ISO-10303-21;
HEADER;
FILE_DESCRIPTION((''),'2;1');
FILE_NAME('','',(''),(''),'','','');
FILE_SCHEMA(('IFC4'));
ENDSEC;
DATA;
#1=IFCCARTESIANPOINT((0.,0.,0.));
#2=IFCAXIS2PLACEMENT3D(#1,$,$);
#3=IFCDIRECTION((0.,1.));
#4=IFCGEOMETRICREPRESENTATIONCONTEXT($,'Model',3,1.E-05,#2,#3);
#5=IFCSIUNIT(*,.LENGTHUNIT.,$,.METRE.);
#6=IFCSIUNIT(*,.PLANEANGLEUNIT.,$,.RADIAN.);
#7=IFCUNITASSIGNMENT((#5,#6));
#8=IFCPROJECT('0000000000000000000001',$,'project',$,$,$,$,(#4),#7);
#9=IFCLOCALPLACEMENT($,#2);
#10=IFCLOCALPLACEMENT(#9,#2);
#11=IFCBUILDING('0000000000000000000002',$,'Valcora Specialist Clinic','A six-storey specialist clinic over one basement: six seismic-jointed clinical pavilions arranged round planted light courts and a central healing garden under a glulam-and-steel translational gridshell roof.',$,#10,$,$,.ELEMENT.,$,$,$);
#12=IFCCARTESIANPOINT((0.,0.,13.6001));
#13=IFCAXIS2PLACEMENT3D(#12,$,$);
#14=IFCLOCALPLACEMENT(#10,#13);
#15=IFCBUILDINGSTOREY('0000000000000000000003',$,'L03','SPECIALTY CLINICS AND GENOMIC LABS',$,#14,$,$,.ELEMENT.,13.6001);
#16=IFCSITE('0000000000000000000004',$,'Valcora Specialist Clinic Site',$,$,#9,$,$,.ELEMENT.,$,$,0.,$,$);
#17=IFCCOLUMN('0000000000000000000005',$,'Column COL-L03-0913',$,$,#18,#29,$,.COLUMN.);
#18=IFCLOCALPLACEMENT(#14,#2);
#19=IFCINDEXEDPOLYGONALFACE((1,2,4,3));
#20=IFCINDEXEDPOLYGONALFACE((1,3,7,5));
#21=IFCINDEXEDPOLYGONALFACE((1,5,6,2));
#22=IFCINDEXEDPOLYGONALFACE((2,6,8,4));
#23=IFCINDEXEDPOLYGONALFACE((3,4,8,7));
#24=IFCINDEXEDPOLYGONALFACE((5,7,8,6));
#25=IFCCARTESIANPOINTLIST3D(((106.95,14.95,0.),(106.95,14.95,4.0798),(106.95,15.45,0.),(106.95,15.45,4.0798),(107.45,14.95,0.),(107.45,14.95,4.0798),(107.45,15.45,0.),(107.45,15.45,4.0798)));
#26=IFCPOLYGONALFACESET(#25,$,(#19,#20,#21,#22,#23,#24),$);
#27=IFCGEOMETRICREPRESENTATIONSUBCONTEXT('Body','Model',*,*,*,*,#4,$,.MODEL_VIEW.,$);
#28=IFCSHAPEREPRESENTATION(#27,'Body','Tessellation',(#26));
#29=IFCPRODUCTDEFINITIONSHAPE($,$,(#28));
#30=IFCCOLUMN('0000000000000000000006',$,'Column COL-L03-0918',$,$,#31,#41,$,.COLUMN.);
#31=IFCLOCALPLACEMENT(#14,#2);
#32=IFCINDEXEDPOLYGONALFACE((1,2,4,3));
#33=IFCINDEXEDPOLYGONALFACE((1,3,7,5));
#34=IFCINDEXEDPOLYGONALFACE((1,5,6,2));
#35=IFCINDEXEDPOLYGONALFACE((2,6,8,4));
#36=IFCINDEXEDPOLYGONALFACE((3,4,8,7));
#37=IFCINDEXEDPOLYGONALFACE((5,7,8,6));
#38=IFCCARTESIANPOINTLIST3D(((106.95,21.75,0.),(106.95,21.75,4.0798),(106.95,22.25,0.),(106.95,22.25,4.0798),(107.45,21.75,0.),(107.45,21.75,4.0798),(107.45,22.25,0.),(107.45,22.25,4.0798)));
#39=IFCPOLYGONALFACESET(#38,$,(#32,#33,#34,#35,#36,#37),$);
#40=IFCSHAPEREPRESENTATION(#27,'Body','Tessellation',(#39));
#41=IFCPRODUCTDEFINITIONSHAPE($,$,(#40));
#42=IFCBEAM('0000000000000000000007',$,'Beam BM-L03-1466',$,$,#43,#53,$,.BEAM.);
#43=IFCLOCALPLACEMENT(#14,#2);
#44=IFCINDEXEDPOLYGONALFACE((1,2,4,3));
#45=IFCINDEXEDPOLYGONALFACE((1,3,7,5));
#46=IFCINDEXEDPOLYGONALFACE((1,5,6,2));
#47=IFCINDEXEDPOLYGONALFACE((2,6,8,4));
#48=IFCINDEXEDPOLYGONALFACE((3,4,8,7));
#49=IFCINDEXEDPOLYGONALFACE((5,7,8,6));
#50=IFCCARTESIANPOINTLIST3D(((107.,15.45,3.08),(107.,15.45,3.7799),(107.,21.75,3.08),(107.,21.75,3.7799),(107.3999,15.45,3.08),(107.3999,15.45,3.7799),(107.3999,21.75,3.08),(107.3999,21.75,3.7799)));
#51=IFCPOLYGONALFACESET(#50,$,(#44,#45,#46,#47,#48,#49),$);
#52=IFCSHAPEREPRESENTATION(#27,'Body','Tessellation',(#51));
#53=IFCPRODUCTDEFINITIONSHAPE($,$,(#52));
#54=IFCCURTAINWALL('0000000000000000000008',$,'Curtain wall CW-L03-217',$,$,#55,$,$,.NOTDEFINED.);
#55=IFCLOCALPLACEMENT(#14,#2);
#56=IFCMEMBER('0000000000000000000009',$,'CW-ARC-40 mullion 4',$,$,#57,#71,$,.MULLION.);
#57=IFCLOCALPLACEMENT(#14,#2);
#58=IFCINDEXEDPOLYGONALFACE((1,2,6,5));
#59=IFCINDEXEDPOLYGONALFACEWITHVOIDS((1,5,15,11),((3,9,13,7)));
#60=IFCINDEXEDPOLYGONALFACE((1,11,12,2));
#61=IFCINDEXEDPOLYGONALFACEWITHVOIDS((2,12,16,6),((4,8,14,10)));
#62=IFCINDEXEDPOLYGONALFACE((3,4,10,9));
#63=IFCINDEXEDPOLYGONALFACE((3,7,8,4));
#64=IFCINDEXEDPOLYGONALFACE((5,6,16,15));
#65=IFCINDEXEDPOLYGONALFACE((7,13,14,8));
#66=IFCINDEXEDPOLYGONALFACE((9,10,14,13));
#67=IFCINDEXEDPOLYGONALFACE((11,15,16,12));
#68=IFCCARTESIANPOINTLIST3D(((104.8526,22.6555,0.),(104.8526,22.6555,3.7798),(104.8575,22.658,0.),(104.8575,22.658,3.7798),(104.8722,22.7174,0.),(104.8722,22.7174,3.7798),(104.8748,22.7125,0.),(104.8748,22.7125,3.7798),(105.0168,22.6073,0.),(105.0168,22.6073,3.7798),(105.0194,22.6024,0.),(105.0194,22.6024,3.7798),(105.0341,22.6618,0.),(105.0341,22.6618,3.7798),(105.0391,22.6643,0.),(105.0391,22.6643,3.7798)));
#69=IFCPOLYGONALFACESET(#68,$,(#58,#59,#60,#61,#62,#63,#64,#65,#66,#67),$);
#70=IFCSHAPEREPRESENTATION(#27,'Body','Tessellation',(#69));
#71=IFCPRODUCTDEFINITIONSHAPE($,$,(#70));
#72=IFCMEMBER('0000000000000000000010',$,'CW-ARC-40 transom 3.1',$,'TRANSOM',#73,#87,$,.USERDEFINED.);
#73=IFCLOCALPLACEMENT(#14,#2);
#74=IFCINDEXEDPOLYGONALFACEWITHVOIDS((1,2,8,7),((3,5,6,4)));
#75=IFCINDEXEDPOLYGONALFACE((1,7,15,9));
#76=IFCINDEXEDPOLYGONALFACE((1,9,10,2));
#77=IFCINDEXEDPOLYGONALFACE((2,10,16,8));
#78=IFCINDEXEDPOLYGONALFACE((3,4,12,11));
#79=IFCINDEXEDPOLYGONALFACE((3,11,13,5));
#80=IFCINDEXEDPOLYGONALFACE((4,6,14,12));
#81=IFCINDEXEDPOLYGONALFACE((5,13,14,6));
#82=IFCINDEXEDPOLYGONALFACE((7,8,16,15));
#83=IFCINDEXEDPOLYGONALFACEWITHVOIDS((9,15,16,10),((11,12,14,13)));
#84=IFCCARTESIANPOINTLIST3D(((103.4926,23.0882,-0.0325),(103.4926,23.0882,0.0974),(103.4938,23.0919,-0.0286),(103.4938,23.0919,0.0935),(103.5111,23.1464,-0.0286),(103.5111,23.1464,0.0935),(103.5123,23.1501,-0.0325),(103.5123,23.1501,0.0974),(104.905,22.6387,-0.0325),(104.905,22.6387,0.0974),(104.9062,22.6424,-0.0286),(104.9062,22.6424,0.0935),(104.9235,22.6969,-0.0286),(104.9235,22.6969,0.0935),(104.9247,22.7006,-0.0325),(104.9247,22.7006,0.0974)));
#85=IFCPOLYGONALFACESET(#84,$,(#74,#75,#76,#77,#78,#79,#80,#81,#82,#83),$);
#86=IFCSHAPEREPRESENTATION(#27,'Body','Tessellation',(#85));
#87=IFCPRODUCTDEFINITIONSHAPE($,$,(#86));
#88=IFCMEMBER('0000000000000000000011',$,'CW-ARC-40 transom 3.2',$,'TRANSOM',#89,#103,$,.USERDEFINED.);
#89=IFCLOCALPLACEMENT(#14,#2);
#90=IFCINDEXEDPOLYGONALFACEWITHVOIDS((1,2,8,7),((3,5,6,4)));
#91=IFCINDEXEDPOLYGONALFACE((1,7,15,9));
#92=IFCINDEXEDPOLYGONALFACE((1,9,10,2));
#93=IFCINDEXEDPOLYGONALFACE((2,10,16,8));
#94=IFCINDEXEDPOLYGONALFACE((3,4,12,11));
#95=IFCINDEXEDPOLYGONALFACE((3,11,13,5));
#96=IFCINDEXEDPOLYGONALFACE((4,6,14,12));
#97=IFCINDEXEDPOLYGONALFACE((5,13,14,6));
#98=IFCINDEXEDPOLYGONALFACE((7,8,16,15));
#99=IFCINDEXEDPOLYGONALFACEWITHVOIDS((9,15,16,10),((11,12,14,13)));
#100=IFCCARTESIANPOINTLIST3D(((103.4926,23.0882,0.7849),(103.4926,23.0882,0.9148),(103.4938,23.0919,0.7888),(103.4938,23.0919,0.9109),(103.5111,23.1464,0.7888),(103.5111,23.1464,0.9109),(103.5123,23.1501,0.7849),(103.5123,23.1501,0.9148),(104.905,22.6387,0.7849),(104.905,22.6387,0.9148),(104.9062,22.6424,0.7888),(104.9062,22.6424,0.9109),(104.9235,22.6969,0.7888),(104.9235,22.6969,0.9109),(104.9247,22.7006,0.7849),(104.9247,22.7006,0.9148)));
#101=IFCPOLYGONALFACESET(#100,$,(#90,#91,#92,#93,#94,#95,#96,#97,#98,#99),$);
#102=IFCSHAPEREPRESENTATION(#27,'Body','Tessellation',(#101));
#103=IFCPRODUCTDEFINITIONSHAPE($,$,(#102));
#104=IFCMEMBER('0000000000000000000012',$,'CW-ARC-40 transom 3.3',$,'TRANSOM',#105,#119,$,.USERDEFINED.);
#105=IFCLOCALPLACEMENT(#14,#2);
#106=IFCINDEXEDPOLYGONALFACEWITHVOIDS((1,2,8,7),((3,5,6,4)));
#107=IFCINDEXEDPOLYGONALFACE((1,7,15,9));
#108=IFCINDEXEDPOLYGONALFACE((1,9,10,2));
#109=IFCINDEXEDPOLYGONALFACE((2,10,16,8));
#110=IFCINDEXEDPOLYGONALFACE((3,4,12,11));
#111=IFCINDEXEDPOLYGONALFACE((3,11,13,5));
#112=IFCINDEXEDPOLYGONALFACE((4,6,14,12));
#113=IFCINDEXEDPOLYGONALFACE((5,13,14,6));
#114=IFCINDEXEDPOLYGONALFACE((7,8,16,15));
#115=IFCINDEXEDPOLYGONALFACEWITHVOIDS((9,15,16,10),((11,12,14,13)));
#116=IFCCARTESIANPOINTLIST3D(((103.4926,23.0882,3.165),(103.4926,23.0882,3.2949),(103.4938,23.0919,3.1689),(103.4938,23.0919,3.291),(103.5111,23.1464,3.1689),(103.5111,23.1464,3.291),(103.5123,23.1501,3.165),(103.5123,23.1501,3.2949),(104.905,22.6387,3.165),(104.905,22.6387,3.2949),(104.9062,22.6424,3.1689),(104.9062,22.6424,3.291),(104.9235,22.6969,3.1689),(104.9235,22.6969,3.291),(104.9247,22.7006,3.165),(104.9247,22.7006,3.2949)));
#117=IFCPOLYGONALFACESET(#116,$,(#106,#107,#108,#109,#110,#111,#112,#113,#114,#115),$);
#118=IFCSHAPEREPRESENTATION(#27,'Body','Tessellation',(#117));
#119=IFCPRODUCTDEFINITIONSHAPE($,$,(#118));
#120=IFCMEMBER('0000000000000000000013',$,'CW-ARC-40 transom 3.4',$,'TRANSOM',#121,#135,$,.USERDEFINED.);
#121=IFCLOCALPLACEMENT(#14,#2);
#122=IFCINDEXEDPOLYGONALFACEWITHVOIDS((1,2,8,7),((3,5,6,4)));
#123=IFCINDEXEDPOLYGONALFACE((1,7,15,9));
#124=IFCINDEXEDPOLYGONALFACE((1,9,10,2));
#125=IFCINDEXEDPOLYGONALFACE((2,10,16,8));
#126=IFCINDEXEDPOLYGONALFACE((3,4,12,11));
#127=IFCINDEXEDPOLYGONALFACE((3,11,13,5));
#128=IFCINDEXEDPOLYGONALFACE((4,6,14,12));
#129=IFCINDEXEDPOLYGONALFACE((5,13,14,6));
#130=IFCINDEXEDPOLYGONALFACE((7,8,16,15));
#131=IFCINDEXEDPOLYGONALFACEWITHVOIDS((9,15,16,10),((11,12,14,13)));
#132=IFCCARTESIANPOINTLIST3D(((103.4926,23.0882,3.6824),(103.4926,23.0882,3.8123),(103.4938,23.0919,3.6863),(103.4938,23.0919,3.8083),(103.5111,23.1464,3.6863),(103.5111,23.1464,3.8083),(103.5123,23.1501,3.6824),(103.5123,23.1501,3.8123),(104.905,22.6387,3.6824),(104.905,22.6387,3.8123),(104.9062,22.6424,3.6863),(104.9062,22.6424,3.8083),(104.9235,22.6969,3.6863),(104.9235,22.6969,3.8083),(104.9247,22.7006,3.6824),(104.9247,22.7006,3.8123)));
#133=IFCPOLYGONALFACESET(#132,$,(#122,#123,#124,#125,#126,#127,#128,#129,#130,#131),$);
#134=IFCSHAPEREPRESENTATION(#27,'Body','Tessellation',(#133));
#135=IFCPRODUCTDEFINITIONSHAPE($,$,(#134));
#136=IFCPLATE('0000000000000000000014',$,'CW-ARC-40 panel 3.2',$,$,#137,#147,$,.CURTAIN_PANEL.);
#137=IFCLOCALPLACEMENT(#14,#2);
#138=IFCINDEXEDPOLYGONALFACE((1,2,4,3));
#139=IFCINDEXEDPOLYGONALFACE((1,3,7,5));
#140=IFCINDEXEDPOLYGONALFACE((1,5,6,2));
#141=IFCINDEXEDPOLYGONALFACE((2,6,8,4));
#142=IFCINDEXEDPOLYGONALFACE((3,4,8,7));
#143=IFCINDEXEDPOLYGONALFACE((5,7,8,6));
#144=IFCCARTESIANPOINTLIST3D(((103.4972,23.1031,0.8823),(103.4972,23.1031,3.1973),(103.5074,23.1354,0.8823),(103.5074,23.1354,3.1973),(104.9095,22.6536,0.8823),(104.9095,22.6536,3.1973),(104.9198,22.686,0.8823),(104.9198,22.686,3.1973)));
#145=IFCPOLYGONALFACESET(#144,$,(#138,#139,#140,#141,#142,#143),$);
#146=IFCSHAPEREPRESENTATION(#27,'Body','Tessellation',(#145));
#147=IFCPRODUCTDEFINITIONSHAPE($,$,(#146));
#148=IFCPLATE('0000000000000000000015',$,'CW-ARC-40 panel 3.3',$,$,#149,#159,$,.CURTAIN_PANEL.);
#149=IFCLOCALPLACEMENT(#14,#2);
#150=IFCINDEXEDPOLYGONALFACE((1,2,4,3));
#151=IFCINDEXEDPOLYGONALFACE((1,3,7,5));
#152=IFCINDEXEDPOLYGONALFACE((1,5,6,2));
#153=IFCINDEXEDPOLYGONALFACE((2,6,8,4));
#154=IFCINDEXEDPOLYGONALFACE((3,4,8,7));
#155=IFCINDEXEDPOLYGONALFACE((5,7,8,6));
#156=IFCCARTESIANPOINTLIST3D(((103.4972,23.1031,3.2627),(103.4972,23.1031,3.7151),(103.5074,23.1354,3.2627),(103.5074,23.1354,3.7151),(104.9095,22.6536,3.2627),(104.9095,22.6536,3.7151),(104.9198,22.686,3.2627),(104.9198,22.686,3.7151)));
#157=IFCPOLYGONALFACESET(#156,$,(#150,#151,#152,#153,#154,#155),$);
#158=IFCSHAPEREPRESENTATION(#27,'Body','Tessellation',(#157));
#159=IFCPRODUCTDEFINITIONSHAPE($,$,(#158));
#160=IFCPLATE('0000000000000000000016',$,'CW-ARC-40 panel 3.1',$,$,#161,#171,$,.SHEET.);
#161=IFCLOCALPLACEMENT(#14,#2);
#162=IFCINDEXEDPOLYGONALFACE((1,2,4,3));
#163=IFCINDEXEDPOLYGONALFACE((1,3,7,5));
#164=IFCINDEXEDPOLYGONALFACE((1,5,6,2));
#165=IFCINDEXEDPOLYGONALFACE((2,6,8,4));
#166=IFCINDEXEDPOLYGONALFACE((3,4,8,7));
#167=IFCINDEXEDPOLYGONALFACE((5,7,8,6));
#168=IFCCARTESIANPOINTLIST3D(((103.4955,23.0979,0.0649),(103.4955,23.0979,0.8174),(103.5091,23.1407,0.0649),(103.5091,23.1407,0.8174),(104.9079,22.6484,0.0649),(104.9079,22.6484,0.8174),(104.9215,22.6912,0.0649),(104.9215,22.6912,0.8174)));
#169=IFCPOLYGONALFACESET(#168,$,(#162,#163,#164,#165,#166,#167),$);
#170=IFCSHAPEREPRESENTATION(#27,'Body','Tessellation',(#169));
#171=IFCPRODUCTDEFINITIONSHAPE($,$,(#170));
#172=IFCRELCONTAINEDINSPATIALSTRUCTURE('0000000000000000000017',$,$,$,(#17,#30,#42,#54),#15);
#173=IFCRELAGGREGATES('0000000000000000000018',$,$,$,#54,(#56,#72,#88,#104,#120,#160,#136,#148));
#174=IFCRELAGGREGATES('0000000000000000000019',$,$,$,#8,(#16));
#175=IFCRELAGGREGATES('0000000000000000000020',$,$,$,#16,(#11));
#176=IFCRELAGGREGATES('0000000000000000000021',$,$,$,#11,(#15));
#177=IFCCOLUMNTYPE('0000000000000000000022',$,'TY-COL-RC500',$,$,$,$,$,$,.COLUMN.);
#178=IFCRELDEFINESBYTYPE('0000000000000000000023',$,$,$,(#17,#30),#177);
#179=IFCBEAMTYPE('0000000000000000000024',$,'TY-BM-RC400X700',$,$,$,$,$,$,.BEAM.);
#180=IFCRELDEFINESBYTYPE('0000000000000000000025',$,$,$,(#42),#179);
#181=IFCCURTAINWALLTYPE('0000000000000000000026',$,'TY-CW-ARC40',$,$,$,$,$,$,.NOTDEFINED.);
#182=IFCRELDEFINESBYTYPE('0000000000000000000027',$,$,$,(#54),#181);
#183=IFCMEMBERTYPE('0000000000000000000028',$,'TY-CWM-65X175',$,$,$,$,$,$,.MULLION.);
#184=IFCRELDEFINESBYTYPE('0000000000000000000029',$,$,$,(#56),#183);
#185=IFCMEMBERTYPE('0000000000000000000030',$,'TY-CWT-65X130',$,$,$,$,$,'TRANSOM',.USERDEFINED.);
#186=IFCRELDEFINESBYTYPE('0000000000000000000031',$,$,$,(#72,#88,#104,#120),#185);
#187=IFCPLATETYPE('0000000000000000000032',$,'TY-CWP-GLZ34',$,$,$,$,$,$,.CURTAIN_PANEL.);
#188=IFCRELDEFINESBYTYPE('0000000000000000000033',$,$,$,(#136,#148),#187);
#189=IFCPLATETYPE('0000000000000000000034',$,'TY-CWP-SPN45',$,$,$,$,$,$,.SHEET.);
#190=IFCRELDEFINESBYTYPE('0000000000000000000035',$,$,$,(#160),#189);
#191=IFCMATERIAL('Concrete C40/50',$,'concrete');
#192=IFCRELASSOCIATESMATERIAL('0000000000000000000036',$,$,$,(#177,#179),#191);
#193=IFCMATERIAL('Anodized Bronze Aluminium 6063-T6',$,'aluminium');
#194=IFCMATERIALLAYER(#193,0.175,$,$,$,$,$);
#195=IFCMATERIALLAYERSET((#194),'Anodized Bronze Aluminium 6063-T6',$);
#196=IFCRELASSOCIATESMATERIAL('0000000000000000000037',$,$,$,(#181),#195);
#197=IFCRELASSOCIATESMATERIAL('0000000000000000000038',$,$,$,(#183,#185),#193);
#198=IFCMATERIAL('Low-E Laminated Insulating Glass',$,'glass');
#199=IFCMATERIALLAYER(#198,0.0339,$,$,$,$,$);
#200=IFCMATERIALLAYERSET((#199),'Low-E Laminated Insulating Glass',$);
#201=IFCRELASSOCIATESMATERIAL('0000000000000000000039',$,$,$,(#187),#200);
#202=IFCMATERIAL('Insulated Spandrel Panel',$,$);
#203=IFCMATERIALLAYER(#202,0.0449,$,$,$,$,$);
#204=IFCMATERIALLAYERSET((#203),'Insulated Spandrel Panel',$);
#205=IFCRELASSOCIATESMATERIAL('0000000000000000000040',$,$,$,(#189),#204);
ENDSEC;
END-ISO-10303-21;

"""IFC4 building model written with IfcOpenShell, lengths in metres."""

from ifc_helpers import new_model, si_unit, direction, frame, origin, origin_2d, place, context, subcontext, project, spatial, rectangle, hollow_rectangle, extrude, material, layer, layer_set, material_profile, profile_set, type_object, element, aggregate, save


model = new_model("IFC4")

# Units and contexts
model_context = context("Model", 3, precision=1e-05, world=origin(), true_north=direction((0.0, 1.0)))
body_context = subcontext(model_context, "Body", "Model", "MODEL_VIEW")
ifc_project = project(units=[si_unit("LENGTHUNIT", "METRE"), si_unit("PLANEANGLEUNIT", "RADIAN")], contexts=[model_context])

# Site, building, storey
site_placement = place(None, origin())
site = spatial("IfcSite", under=ifc_project, at=site_placement, Name="Valcora Specialist Clinic Site", CompositionType="ELEMENT", RefElevation=0.0)
building_placement = place(site_placement, origin())
building = spatial("IfcBuilding", under=site, at=building_placement, Name="Valcora Specialist Clinic", Description="A six-storey specialist clinic over one basement: six seismic-jointed clinical pavilions arranged round planted light courts and a central healing garden under a glulam-and-steel translational gridshell roof.", CompositionType="ELEMENT")
storey_placement = place(building_placement, frame((0.0, 0.0, 13.6001)))
storey = spatial("IfcBuildingStorey", under=building, at=storey_placement, Name="L03", Description="SPECIALTY CLINICS AND GENOMIC LABS", CompositionType="ELEMENT", Elevation=13.6001)

# Columns
ifc_material_1 = material(Name="Concrete C40/50", Category="concrete")
ifc_material_profile_1 = material_profile(ifc_material_1, rectangle(XDim=0.5, YDim=0.5, at=origin_2d()), Name="RC-COL-500X500")
ifc_profile_set_1 = profile_set([ifc_material_profile_1], Name="Concrete C40/50")
column_type = type_object("IfcColumnType", Name="TY-COL-RC500", PredefinedType="COLUMN", material=ifc_profile_set_1)
for number, where, z_axis, x_axis, name in (
    (1, (107.2, 15.2, 0.0), (0.0, 0.0, 1.0), (1.0, 0.0, 0.0), "Column COL-L03-0913"),
    (2, (107.2, 22.0, 0.0), (0.0, 0.0, 1.0), (1.0, 0.0, 0.0), "Column COL-L03-0918"),
):
    element("IfcColumn", number, at=place(storey_placement, frame(where, z_axis=z_axis, x_axis=x_axis)), inside=storey, type_object=column_type, Name=name, PredefinedType="COLUMN", context=body_context, shape_type="SweptSolid", body=[
        extrude(rectangle(XDim=0.5, YDim=0.5, at=origin_2d()), origin(), (0.0, 0.0, 1.0), 4.0798),
    ])

# Beam
ifc_material_profile_2 = material_profile(ifc_material_1, rectangle(XDim=0.3999, YDim=0.7, at=origin_2d()), Name="RC-BM-400X700")
ifc_profile_set_2 = profile_set([ifc_material_profile_2], Name="Concrete C40/50")
beam_type = type_object("IfcBeamType", Name="TY-BM-RC400X700", PredefinedType="BEAM", material=ifc_profile_set_2)
beam_placement = place(storey_placement, frame((107.2, 15.45, 3.4299), z_axis=(0.0, 1.0, 0.0), x_axis=(-1.0, 0.0, 0.0)))
element("IfcBeam", 3, at=beam_placement, inside=storey, type_object=beam_type, Name="Beam BM-L03-1466", PredefinedType="BEAM", context=body_context, shape_type="SweptSolid", body=[
    extrude(rectangle(XDim=0.3999, YDim=0.7, at=origin_2d()), origin(), (0.0, 0.0, 1.0), 6.3),
])

# Curtain wall, members, plates
ifc_material_2 = material(Name="Anodized Bronze Aluminium 6063-T6", Category="aluminium")
ifc_layer_1 = layer(ifc_material_2, 0.175)
ifc_layer_set_1 = layer_set([ifc_layer_1], Name="Anodized Bronze Aluminium 6063-T6")
curtain_wall_type = type_object("IfcCurtainWallType", Name="TY-CW-ARC40", PredefinedType="NOTDEFINED", material=ifc_layer_set_1)
curtain_wall_placement = place(storey_placement, origin())
curtain_wall = element("IfcCurtainWall", 4, at=curtain_wall_placement, inside=storey, type_object=curtain_wall_type, Name="Curtain wall CW-L03-217", PredefinedType="NOTDEFINED")
ifc_material_profile_3 = material_profile(ifc_material_2, hollow_rectangle(XDim=0.0649, YDim=0.175, WallThickness=0.0039, at=origin_2d()), Name="AL-MUL-65X175")
ifc_profile_set_3 = profile_set([ifc_material_profile_3], Name="Anodized Bronze Aluminium 6063-T6")
member_type_1 = type_object("IfcMemberType", Name="TY-CWM-65X175", PredefinedType="MULLION", material=ifc_profile_set_3)
member_1_placement = place(storey_placement, frame((104.9458, 22.6599, 0.0), z_axis=(0.0, 0.0, 1.0), x_axis=(0.303233, 0.952916, 0.0)))
member_1 = element("IfcMember", 5, at=member_1_placement, type_object=member_type_1, Name="CW-ARC-40 mullion 4", PredefinedType="MULLION", context=body_context, shape_type="SweptSolid", body=[
    extrude(hollow_rectangle(XDim=0.0649, YDim=0.175, WallThickness=0.0039, at=origin_2d()), origin(), (0.0, 0.0, 1.0), 3.7798),
])
ifc_material_profile_4 = material_profile(ifc_material_2, hollow_rectangle(XDim=0.0649, YDim=0.1299, WallThickness=0.0039, at=origin_2d()), Name="AL-TRN-65X130")
ifc_profile_set_4 = profile_set([ifc_material_profile_4], Name="Anodized Bronze Aluminium 6063-T6")
member_type_2 = type_object("IfcMemberType", Name="TY-CWT-65X130", ElementType="TRANSOM", PredefinedType="USERDEFINED", material=ifc_profile_set_4)
member_2_placement = place(storey_placement, frame((103.5024, 23.1191, 0.0325), z_axis=(0.952911, -0.303251, 0.0), x_axis=(0.303251, 0.952911, 0.0)))
member_2 = element("IfcMember", 6, at=member_2_placement, type_object=member_type_2, Name="CW-ARC-40 transom 3.1", ObjectType="TRANSOM", PredefinedType="USERDEFINED", context=body_context, shape_type="SweptSolid", body=[
    extrude(hollow_rectangle(XDim=0.0649, YDim=0.1299, WallThickness=0.0039, at=origin_2d()), origin(), (0.0, 0.0, 1.0), 1.4822),
])
member_3_placement = place(storey_placement, frame((103.5024, 23.1191, 0.8499), z_axis=(0.952911, -0.303251, 0.0), x_axis=(0.303251, 0.952911, 0.0)))
member_3 = element("IfcMember", 7, at=member_3_placement, type_object=member_type_2, Name="CW-ARC-40 transom 3.2", ObjectType="TRANSOM", PredefinedType="USERDEFINED", context=body_context, shape_type="SweptSolid", body=[
    extrude(hollow_rectangle(XDim=0.0649, YDim=0.1299, WallThickness=0.0039, at=origin_2d()), origin(), (0.0, 0.0, 1.0), 1.4822),
])
member_4_placement = place(storey_placement, frame((103.5024, 23.1191, 3.23), z_axis=(0.952911, -0.303251, 0.0), x_axis=(0.303251, 0.952911, 0.0)))
member_4 = element("IfcMember", 8, at=member_4_placement, type_object=member_type_2, Name="CW-ARC-40 transom 3.3", ObjectType="TRANSOM", PredefinedType="USERDEFINED", context=body_context, shape_type="SweptSolid", body=[
    extrude(hollow_rectangle(XDim=0.0649, YDim=0.1299, WallThickness=0.0039, at=origin_2d()), origin(), (0.0, 0.0, 1.0), 1.4822),
])
member_5_placement = place(storey_placement, frame((103.5024, 23.1191, 3.7473), z_axis=(0.952911, -0.303251, 0.0), x_axis=(0.303251, 0.952911, 0.0)))
member_5 = element("IfcMember", 9, at=member_5_placement, type_object=member_type_2, Name="CW-ARC-40 transom 3.4", ObjectType="TRANSOM", PredefinedType="USERDEFINED", context=body_context, shape_type="SweptSolid", body=[
    extrude(hollow_rectangle(XDim=0.0649, YDim=0.1299, WallThickness=0.0039, at=origin_2d()), origin(), (0.0, 0.0, 1.0), 1.4822),
])
ifc_material_3 = material(Name="Low-E Laminated Insulating Glass", Category="glass")
ifc_layer_2 = layer(ifc_material_3, 0.0339)
ifc_layer_set_2 = layer_set([ifc_layer_2], Name="Low-E Laminated Insulating Glass")
plate_type_1 = type_object("IfcPlateType", Name="TY-CWP-GLZ34", PredefinedType="CURTAIN_PANEL", material=ifc_layer_set_2)
plate_1_placement = place(storey_placement, frame((104.2085, 22.8945, 0.8823), z_axis=(0.0, 0.0, 1.0), x_axis=(0.952916, -0.303233, 0.0)))
plate_1 = element("IfcPlate", 10, at=plate_1_placement, type_object=plate_type_1, Name="CW-ARC-40 panel 3.2", PredefinedType="CURTAIN_PANEL", context=body_context, shape_type="SweptSolid", body=[
    extrude(rectangle(XDim=1.4822, YDim=0.0339, at=origin_2d()), origin(), (0.0, 0.0, 1.0), 2.3149),
])
plate_2_placement = place(storey_placement, frame((104.2085, 22.8945, 3.2627), z_axis=(0.0, 0.0, 1.0), x_axis=(0.952916, -0.303233, 0.0)))
plate_2 = element("IfcPlate", 11, at=plate_2_placement, type_object=plate_type_1, Name="CW-ARC-40 panel 3.3", PredefinedType="CURTAIN_PANEL", context=body_context, shape_type="SweptSolid", body=[
    extrude(rectangle(XDim=1.4822, YDim=0.0339, at=origin_2d()), origin(), (0.0, 0.0, 1.0), 0.4524),
])
ifc_material_4 = material(Name="Insulated Spandrel Panel")
ifc_layer_3 = layer(ifc_material_4, 0.0449)
ifc_layer_set_3 = layer_set([ifc_layer_3], Name="Insulated Spandrel Panel")
plate_type_2 = type_object("IfcPlateType", Name="TY-CWP-SPN45", PredefinedType="SHEET", material=ifc_layer_set_3)
plate_3_placement = place(storey_placement, frame((104.2085, 22.8945, 0.0649), z_axis=(0.0, 0.0, 1.0), x_axis=(0.952916, -0.303233, 0.0)))
plate_3 = element("IfcPlate", 12, at=plate_3_placement, type_object=plate_type_2, Name="CW-ARC-40 panel 3.1", PredefinedType="SHEET", context=body_context, shape_type="SweptSolid", body=[
    extrude(rectangle(XDim=1.4822, YDim=0.0449, at=origin_2d()), origin(), (0.0, 0.0, 1.0), 0.7524),
])
aggregate(curtain_wall, [member_1, member_2, member_3, member_4, member_5, plate_3, plate_1, plate_2])

save(model, "model.ifc")
